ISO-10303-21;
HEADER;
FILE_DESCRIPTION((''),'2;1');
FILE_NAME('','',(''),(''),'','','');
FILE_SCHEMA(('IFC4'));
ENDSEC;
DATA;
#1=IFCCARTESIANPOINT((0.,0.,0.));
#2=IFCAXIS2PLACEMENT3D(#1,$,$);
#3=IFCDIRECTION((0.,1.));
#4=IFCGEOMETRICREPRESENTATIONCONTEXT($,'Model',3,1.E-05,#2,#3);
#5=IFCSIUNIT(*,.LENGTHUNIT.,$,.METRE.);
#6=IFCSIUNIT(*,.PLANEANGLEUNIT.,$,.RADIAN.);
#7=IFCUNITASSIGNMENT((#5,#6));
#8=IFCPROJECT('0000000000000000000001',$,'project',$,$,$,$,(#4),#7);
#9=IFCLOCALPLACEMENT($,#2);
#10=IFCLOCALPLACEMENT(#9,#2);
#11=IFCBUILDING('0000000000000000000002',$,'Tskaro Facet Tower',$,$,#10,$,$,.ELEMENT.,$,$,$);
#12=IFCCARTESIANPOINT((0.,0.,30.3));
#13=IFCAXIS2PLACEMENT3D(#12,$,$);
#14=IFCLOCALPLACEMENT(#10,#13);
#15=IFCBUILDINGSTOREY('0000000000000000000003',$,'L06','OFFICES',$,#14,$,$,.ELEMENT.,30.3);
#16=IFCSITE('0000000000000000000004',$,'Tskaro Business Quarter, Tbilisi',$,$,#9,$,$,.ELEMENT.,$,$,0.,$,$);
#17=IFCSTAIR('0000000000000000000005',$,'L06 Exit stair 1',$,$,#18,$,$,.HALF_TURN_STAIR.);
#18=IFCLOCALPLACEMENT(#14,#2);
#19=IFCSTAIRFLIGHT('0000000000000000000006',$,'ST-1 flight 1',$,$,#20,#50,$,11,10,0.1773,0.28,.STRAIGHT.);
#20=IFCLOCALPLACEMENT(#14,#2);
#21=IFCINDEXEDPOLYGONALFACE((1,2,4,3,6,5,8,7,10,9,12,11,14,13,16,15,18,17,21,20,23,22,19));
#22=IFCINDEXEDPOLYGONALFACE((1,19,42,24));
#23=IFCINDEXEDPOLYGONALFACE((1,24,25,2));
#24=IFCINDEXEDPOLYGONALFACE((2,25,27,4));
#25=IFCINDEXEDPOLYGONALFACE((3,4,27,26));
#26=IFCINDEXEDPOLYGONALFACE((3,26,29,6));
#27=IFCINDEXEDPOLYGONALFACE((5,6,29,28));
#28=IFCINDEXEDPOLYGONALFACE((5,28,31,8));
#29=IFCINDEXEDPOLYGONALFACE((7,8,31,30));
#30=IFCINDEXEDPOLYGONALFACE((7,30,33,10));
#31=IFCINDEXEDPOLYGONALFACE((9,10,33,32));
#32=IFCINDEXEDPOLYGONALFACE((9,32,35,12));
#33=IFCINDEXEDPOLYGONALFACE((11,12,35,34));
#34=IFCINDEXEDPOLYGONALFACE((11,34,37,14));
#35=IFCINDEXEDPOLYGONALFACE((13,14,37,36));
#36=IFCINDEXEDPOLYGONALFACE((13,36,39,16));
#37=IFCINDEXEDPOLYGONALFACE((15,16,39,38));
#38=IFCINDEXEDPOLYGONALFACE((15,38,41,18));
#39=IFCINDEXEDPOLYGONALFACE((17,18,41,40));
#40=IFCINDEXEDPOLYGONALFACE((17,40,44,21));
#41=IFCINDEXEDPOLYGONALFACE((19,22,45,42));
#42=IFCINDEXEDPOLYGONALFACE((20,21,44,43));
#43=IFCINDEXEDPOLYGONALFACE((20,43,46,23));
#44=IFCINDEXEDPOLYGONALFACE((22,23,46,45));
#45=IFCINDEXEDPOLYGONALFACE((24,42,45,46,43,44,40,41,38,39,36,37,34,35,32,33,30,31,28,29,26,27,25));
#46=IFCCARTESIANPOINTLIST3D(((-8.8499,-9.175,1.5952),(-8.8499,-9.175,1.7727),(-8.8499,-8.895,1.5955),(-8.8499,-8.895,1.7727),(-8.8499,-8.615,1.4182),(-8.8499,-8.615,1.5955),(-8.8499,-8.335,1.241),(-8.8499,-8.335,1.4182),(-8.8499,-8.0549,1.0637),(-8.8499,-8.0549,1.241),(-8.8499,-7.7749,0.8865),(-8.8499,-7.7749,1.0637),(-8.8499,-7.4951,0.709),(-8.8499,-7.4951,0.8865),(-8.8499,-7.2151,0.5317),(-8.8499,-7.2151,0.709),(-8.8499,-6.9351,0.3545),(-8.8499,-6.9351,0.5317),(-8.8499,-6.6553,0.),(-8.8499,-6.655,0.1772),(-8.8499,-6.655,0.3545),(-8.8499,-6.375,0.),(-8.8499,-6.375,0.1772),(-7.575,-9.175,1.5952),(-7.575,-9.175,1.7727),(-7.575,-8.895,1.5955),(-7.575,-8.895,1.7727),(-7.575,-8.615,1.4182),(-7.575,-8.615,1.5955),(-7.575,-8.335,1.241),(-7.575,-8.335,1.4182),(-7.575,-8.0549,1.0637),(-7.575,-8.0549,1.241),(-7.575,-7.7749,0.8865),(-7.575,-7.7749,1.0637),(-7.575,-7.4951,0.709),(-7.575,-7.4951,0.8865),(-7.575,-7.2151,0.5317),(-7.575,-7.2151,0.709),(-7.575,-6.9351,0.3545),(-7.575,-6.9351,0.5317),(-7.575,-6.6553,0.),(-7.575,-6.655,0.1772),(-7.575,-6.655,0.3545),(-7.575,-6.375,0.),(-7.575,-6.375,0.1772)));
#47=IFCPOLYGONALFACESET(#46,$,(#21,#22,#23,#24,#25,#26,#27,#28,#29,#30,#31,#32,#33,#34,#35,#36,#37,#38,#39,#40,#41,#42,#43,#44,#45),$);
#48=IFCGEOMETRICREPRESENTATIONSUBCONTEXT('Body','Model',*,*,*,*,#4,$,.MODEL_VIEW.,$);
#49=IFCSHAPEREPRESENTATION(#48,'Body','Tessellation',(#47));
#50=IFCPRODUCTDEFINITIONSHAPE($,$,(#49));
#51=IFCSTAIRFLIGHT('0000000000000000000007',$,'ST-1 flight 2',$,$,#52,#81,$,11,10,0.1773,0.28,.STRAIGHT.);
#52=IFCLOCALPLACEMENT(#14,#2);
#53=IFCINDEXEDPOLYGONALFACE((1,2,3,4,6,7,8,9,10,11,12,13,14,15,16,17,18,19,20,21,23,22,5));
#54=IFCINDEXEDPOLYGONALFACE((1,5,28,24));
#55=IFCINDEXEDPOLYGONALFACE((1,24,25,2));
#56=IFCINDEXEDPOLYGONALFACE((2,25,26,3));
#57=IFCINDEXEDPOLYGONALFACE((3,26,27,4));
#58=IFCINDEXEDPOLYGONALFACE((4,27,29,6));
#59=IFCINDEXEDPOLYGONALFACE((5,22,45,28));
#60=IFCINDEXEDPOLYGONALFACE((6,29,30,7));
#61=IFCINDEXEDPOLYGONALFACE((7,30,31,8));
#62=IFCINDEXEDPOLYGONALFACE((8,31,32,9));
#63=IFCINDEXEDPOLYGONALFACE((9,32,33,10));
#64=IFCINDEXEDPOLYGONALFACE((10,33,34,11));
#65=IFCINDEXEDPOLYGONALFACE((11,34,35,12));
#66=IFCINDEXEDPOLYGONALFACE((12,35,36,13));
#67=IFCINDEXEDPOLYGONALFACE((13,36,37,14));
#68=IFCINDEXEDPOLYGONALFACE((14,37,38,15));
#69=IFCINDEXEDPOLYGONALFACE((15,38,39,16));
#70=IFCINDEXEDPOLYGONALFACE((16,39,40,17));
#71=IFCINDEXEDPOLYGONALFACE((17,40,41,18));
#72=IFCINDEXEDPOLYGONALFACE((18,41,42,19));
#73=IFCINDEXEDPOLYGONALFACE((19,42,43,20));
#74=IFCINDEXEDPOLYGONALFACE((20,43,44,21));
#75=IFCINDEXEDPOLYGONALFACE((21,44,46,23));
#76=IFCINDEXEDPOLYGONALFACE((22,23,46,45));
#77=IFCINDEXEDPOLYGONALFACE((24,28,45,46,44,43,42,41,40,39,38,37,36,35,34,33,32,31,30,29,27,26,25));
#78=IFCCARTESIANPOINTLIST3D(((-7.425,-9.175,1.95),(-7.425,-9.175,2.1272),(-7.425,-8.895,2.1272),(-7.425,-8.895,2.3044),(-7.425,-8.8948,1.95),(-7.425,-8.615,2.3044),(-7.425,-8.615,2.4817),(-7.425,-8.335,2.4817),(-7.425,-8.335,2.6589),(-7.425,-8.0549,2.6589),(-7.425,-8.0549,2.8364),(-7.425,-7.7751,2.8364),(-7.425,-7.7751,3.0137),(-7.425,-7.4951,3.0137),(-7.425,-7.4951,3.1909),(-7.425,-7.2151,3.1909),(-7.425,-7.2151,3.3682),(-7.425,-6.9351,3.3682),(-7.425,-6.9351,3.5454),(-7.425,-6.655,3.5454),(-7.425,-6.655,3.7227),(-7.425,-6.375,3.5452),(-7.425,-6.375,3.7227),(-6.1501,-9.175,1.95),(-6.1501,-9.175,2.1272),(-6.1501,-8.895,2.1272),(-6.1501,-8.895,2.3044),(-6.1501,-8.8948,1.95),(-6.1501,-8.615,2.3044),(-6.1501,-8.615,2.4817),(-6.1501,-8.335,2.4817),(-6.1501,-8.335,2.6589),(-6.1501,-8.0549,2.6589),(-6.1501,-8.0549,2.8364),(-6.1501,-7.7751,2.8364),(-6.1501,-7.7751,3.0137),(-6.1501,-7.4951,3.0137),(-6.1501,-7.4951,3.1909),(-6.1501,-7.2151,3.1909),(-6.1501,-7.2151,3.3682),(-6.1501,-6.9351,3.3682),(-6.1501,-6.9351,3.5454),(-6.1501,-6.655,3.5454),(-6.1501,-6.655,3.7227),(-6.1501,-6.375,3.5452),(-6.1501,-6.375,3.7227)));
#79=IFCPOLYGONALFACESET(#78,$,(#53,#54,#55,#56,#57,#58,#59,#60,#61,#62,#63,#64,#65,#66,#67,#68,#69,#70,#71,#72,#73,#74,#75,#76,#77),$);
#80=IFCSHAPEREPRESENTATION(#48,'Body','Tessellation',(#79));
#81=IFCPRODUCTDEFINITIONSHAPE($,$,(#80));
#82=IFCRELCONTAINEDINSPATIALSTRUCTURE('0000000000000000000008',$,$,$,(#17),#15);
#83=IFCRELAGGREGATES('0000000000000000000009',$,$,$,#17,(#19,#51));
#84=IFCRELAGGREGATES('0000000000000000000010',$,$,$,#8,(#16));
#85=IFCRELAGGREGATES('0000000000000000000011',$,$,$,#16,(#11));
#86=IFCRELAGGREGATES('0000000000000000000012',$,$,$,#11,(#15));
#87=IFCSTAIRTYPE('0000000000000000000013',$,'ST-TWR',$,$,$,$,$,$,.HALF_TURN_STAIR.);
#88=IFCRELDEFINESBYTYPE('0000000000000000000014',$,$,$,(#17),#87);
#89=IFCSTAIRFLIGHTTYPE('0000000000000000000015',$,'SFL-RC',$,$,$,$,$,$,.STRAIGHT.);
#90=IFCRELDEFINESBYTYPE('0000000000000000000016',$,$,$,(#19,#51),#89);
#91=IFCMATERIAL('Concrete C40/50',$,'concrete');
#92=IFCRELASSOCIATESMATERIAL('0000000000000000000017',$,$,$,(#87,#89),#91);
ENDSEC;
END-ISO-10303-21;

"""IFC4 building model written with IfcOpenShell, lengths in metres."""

from ifc_helpers import new_model, si_unit, direction, frame, origin, place, context, subcontext, project, spatial, polyline, outline, extrude, material, type_object, element, aggregate, save


model = new_model("IFC4")

# Units and contexts
model_context = context("Model", 3, precision=1e-05, world=origin(), true_north=direction((0.0, 1.0)))
body_context = subcontext(model_context, "Body", "Model", "MODEL_VIEW")
ifc_project = project(units=[si_unit("LENGTHUNIT", "METRE"), si_unit("PLANEANGLEUNIT", "RADIAN")], contexts=[model_context])

# Site, building, storey
site_placement = place(None, origin())
site = spatial("IfcSite", under=ifc_project, at=site_placement, Name="Tskaro Business Quarter, Tbilisi", CompositionType="ELEMENT", RefElevation=0.0)
building_placement = place(site_placement, origin())
building = spatial("IfcBuilding", under=site, at=building_placement, Name="Tskaro Facet Tower", CompositionType="ELEMENT")
storey_placement = place(building_placement, frame((0.0, 0.0, 30.3)))
storey = spatial("IfcBuildingStorey", under=building, at=storey_placement, Name="L06", Description="OFFICES", CompositionType="ELEMENT", Elevation=30.3)

# Stair, stair flights
ifc_material_1 = material(Name="Concrete C40/50", Category="concrete")
stair_type = type_object("IfcStairType", Name="ST-TWR", PredefinedType="HALF_TURN_STAIR", material=ifc_material_1)
stair_placement = place(storey_placement, origin())
stair = element("IfcStair", 1, at=stair_placement, inside=storey, type_object=stair_type, Name="L06 Exit stair 1", PredefinedType="HALF_TURN_STAIR")
stair_flight_type = type_object("IfcStairFlightType", Name="SFL-RC", PredefinedType="STRAIGHT", material=ifc_material_1)
stair_flight_1_placement = place(storey_placement, frame((-8.2124, -6.375, 0.0), z_axis=(0.0, 0.0, 1.0), x_axis=(0.0, -1.0, 0.0)))
stair_flight_1 = element("IfcStairFlight", 2, at=stair_flight_1_placement, type_object=stair_flight_type, Name="ST-1 flight 1", NumberOfRisers=11, NumberOfTreads=10, PredefinedType="STRAIGHT", RiserHeight=0.1773, TreadLength=0.28, context=body_context, shape_type="SweptSolid", body=[
    extrude(outline(polyline([(0.0, 0.0), (0.0, 0.1772), (0.28, 0.1772), (0.28, 0.3545), (0.5601, 0.3545), (0.5601, 0.5317), (0.8401, 0.5317), (0.8401, 0.709), (1.1201, 0.709), (1.1201, 0.8865), (1.3999, 0.8865), (1.3999, 1.0637), (1.6799, 1.0637), (1.6799, 1.241), (1.96, 1.241), (1.96, 1.4182), (2.24, 1.4182), (2.24, 1.5955), (2.52, 1.5955), (2.52, 1.7727), (2.8, 1.7727), (2.8, 1.95), (2.8, 1.5952), (0.2803, 0.0), (0.0, 0.0)])), frame((0.0, 0.6375, 0.0), z_axis=(0.0, -1.0, 0.0), x_axis=(1.0, 0.0, 0.0)), (0.0, 0.0, 1.0), 1.2749),
])
stair_flight_2_placement = place(storey_placement, frame((-6.7876, -9.175, 1.95), z_axis=(0.0, 0.0, 1.0), x_axis=(0.0, 1.0, 0.0)))
stair_flight_2 = element("IfcStairFlight", 3, at=stair_flight_2_placement, type_object=stair_flight_type, Name="ST-1 flight 2", NumberOfRisers=11, NumberOfTreads=10, PredefinedType="STRAIGHT", RiserHeight=0.1773, TreadLength=0.28, context=body_context, shape_type="SweptSolid", body=[
    extrude(outline(polyline([(0.0, 0.0), (0.0, 0.1772), (0.28, 0.1772), (0.28, 0.3545), (0.5601, 0.3545), (0.5601, 0.5317), (0.8401, 0.5317), (0.8401, 0.709), (1.1201, 0.709), (1.1201, 0.8865), (1.3999, 0.8865), (1.3999, 1.0637), (1.6799, 1.0637), (1.6799, 1.241), (1.96, 1.241), (1.96, 1.4182), (2.24, 1.4182), (2.24, 1.5955), (2.52, 1.5955), (2.52, 1.7727), (2.8, 1.7727), (2.8, 1.95), (2.8, 1.5952), (0.2803, 0.0), (0.0, 0.0)])), frame((0.0, 0.6375, 0.0), z_axis=(0.0, -1.0, 0.0), x_axis=(1.0, 0.0, 0.0)), (0.0, 0.0, 1.0), 1.2749),
])
aggregate(stair, [stair_flight_1, stair_flight_2])

save(model, "model.ifc")
